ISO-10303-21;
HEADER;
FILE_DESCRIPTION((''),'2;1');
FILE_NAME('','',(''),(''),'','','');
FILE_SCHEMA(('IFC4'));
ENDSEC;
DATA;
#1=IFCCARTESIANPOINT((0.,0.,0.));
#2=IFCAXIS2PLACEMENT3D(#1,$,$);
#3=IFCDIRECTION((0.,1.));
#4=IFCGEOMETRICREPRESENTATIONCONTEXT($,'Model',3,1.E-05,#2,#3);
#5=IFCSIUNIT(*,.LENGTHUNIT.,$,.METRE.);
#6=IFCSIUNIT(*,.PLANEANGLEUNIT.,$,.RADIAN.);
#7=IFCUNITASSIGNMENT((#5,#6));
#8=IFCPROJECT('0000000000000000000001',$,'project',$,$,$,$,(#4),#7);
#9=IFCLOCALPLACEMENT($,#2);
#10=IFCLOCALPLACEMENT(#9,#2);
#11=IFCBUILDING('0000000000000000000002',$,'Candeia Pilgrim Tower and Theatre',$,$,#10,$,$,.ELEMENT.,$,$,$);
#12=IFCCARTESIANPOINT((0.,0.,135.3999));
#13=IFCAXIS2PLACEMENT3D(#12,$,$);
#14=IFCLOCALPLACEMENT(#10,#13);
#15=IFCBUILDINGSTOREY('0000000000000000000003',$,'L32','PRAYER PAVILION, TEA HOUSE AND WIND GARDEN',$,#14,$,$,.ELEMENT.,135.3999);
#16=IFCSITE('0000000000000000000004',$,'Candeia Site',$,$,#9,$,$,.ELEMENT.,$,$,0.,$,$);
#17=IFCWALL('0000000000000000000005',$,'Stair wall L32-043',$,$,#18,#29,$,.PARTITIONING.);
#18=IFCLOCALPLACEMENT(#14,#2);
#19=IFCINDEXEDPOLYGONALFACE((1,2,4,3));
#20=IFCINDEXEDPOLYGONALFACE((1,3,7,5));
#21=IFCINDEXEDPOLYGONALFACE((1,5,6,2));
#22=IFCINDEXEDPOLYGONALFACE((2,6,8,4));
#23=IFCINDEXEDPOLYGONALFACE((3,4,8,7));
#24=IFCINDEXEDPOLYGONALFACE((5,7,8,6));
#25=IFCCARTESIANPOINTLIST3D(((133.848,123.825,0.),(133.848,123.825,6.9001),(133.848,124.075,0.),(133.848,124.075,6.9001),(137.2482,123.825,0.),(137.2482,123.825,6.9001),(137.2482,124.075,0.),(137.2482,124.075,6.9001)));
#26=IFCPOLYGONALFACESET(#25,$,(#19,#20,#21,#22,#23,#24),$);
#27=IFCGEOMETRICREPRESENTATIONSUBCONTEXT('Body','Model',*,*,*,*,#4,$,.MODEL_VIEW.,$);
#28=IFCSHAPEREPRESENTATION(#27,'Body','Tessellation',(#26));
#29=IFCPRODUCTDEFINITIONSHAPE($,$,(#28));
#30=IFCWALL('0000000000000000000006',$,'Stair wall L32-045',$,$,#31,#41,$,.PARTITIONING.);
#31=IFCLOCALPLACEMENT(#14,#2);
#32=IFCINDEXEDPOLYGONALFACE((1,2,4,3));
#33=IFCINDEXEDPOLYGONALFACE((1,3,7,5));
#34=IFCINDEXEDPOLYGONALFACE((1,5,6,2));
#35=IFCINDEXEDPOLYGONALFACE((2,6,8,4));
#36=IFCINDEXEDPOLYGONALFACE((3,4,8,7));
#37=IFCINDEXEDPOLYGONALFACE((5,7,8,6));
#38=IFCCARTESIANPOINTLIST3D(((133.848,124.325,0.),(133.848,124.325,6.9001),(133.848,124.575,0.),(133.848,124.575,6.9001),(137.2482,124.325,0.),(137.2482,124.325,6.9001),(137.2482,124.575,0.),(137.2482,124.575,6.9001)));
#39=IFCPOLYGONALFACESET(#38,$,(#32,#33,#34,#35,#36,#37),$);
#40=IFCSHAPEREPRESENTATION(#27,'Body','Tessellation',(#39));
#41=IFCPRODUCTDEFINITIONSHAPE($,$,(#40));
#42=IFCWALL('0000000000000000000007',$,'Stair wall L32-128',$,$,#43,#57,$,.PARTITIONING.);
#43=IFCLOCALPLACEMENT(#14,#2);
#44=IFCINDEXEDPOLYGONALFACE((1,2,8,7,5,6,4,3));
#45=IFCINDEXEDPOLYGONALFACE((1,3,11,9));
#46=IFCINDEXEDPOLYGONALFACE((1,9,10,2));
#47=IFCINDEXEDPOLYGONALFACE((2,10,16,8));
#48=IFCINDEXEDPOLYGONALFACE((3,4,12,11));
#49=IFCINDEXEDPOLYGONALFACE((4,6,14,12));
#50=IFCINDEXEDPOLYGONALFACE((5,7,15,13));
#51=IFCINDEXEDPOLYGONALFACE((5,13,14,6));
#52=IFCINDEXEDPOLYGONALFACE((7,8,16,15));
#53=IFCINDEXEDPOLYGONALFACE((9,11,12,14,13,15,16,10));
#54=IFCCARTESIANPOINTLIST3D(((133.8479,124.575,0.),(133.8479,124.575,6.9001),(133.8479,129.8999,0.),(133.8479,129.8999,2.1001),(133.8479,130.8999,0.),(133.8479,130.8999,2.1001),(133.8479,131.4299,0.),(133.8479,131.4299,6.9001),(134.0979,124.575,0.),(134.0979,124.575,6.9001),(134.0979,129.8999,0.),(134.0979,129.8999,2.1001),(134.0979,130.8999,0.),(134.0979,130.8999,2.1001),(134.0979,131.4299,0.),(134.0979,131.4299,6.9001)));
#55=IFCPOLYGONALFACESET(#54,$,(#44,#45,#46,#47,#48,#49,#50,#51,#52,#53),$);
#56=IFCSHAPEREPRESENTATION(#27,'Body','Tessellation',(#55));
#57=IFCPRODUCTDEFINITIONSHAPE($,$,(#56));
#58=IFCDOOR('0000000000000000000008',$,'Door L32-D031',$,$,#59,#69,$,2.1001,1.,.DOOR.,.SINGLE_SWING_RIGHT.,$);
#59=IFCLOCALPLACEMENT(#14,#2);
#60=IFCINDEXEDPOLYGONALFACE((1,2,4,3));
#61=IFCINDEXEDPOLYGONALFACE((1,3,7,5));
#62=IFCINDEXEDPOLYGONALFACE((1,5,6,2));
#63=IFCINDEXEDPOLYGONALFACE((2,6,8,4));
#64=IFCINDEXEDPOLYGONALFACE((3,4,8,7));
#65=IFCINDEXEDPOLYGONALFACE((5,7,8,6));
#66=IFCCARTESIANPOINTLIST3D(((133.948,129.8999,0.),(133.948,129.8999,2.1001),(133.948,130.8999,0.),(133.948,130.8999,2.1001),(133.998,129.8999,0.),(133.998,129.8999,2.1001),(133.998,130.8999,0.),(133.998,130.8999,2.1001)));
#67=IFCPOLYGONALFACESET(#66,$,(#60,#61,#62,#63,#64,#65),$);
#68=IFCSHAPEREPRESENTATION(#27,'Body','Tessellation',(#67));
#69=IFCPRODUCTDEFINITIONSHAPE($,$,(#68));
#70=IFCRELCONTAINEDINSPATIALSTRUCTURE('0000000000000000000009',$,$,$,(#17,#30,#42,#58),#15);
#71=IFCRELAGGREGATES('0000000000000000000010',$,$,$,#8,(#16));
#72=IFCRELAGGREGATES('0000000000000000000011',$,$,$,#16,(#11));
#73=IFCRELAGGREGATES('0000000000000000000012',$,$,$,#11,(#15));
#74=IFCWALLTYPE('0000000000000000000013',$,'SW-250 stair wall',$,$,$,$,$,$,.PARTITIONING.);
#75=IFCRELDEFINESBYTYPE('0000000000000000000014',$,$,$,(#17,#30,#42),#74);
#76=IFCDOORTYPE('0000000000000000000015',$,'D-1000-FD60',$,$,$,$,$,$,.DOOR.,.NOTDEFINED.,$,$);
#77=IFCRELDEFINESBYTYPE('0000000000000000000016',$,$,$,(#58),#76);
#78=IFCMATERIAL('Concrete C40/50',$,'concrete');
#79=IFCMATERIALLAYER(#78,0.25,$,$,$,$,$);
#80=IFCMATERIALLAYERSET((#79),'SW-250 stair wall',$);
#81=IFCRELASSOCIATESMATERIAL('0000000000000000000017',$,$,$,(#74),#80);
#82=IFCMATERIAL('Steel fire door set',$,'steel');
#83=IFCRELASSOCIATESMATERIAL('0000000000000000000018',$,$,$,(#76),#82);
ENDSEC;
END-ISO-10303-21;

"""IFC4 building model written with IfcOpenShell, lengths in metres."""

from ifc_helpers import new_model, si_unit, direction, frame, frame_2d, origin, place, context, subcontext, project, spatial, rectangle, extrude, material, layer, layer_set, type_object, element, fill, save


model = new_model("IFC4")

# Units and contexts
model_context = context("Model", 3, precision=1e-05, world=origin(), true_north=direction((0.0, 1.0)))
body_context = subcontext(model_context, "Body", "Model", "MODEL_VIEW")
ifc_project = project(units=[si_unit("LENGTHUNIT", "METRE"), si_unit("PLANEANGLEUNIT", "RADIAN")], contexts=[model_context])

# Site, building, storey
site_placement = place(None, origin())
site = spatial("IfcSite", under=ifc_project, at=site_placement, Name="Candeia Site", CompositionType="ELEMENT", RefElevation=0.0)
building_placement = place(site_placement, origin())
building = spatial("IfcBuilding", under=site, at=building_placement, Name="Candeia Pilgrim Tower and Theatre", CompositionType="ELEMENT")
storey_placement = place(building_placement, frame((0.0, 0.0, 135.3999)))
storey = spatial("IfcBuildingStorey", under=building, at=storey_placement, Name="L32", Description="PRAYER PAVILION, TEA HOUSE AND WIND GARDEN", CompositionType="ELEMENT", Elevation=135.3999)

# Shared definitions
ifc_material_1 = material(Name="Steel fire door set", Category="steel")

# Shared definitions
ifc_material_2 = material(Name="Concrete C40/50", Category="concrete")

# Walls
ifc_layer_1 = layer(ifc_material_2, 0.25)
ifc_layer_set_1 = layer_set([ifc_layer_1], Name="SW-250 stair wall")
wall_type_1 = type_object("IfcWallType", Name="SW-250 stair wall", PredefinedType="PARTITIONING", material=ifc_layer_set_1)
for number, where, z_axis, x_axis, name in (
    (1, (133.8479, 123.95, 0.0), (0.0, 0.0, 1.0), (1.0, 0.0, 0.0), "Stair wall L32-043"),
    (2, (133.8479, 124.45, 0.0), (0.0, 0.0, 1.0), (1.0, 0.0, 0.0), "Stair wall L32-045"),
):
    element("IfcWall", number, at=place(storey_placement, frame(where, z_axis=z_axis, x_axis=x_axis)), inside=storey, type_object=wall_type_1, Name=name, PredefinedType="PARTITIONING", context=body_context, shape_type="SweptSolid", body=[
        extrude(rectangle(XDim=3.4001, YDim=0.25, at=frame_2d((1.7002, 0.0))), origin(), (0.0, 0.0, 1.0), 6.9001),
    ])

# Wall, opening, door
wall_1_placement = place(storey_placement, frame((133.9729, 124.575, 0.0), z_axis=(0.0, 0.0, 1.0), x_axis=(0.0, 1.0, 0.0)))
wall_1 = element("IfcWall", 3, at=wall_1_placement, inside=storey, type_object=wall_type_1, Name="Stair wall L32-128", PredefinedType="PARTITIONING", context=body_context, shape_type="SweptSolid", body=[
    extrude(rectangle(XDim=6.855, YDim=0.25, at=frame_2d((3.4275, 0.0))), origin(), (0.0, 0.0, 1.0), 6.9001),
])
opening_1_placement = place(wall_1_placement, frame((5.325, 0.0, 0.0)))
opening_1 = element("IfcOpeningElement", 4, at=opening_1_placement, cuts=wall_1, PredefinedType="OPENING", context=body_context, shape_type="SweptSolid", body=[
    extrude(rectangle(XDim=1.0, YDim=2.1001, at=frame_2d((0.5, 1.05))), frame((0.0, 0.135, 0.0), z_axis=(0.0, -1.0, 0.0), x_axis=(1.0, 0.0, 0.0)), (0.0, 0.0, 1.0), 0.27),
])
door_type_1 = type_object("IfcDoorType", Name="D-1000-FD60", OperationType="NOTDEFINED", PredefinedType="DOOR", material=ifc_material_1)
door_1_placement = place(opening_1_placement, origin())
door_1 = element("IfcDoor", 5, at=door_1_placement, inside=storey, type_object=door_type_1, Name="Door L32-D031", OperationType="SINGLE_SWING_RIGHT", OverallHeight=2.1001, OverallWidth=1.0, PredefinedType="DOOR", context=body_context, shape_type="SweptSolid", body=[
    extrude(rectangle(XDim=1.0, YDim=2.1001, at=frame_2d((0.5, 1.05))), frame((0.0, 0.0249, 0.0), z_axis=(0.0, -1.0, 0.0), x_axis=(1.0, 0.0, 0.0)), (0.0, 0.0, 1.0), 0.05),
])
fill(opening_1, door_1)

save(model, "model.ifc")
